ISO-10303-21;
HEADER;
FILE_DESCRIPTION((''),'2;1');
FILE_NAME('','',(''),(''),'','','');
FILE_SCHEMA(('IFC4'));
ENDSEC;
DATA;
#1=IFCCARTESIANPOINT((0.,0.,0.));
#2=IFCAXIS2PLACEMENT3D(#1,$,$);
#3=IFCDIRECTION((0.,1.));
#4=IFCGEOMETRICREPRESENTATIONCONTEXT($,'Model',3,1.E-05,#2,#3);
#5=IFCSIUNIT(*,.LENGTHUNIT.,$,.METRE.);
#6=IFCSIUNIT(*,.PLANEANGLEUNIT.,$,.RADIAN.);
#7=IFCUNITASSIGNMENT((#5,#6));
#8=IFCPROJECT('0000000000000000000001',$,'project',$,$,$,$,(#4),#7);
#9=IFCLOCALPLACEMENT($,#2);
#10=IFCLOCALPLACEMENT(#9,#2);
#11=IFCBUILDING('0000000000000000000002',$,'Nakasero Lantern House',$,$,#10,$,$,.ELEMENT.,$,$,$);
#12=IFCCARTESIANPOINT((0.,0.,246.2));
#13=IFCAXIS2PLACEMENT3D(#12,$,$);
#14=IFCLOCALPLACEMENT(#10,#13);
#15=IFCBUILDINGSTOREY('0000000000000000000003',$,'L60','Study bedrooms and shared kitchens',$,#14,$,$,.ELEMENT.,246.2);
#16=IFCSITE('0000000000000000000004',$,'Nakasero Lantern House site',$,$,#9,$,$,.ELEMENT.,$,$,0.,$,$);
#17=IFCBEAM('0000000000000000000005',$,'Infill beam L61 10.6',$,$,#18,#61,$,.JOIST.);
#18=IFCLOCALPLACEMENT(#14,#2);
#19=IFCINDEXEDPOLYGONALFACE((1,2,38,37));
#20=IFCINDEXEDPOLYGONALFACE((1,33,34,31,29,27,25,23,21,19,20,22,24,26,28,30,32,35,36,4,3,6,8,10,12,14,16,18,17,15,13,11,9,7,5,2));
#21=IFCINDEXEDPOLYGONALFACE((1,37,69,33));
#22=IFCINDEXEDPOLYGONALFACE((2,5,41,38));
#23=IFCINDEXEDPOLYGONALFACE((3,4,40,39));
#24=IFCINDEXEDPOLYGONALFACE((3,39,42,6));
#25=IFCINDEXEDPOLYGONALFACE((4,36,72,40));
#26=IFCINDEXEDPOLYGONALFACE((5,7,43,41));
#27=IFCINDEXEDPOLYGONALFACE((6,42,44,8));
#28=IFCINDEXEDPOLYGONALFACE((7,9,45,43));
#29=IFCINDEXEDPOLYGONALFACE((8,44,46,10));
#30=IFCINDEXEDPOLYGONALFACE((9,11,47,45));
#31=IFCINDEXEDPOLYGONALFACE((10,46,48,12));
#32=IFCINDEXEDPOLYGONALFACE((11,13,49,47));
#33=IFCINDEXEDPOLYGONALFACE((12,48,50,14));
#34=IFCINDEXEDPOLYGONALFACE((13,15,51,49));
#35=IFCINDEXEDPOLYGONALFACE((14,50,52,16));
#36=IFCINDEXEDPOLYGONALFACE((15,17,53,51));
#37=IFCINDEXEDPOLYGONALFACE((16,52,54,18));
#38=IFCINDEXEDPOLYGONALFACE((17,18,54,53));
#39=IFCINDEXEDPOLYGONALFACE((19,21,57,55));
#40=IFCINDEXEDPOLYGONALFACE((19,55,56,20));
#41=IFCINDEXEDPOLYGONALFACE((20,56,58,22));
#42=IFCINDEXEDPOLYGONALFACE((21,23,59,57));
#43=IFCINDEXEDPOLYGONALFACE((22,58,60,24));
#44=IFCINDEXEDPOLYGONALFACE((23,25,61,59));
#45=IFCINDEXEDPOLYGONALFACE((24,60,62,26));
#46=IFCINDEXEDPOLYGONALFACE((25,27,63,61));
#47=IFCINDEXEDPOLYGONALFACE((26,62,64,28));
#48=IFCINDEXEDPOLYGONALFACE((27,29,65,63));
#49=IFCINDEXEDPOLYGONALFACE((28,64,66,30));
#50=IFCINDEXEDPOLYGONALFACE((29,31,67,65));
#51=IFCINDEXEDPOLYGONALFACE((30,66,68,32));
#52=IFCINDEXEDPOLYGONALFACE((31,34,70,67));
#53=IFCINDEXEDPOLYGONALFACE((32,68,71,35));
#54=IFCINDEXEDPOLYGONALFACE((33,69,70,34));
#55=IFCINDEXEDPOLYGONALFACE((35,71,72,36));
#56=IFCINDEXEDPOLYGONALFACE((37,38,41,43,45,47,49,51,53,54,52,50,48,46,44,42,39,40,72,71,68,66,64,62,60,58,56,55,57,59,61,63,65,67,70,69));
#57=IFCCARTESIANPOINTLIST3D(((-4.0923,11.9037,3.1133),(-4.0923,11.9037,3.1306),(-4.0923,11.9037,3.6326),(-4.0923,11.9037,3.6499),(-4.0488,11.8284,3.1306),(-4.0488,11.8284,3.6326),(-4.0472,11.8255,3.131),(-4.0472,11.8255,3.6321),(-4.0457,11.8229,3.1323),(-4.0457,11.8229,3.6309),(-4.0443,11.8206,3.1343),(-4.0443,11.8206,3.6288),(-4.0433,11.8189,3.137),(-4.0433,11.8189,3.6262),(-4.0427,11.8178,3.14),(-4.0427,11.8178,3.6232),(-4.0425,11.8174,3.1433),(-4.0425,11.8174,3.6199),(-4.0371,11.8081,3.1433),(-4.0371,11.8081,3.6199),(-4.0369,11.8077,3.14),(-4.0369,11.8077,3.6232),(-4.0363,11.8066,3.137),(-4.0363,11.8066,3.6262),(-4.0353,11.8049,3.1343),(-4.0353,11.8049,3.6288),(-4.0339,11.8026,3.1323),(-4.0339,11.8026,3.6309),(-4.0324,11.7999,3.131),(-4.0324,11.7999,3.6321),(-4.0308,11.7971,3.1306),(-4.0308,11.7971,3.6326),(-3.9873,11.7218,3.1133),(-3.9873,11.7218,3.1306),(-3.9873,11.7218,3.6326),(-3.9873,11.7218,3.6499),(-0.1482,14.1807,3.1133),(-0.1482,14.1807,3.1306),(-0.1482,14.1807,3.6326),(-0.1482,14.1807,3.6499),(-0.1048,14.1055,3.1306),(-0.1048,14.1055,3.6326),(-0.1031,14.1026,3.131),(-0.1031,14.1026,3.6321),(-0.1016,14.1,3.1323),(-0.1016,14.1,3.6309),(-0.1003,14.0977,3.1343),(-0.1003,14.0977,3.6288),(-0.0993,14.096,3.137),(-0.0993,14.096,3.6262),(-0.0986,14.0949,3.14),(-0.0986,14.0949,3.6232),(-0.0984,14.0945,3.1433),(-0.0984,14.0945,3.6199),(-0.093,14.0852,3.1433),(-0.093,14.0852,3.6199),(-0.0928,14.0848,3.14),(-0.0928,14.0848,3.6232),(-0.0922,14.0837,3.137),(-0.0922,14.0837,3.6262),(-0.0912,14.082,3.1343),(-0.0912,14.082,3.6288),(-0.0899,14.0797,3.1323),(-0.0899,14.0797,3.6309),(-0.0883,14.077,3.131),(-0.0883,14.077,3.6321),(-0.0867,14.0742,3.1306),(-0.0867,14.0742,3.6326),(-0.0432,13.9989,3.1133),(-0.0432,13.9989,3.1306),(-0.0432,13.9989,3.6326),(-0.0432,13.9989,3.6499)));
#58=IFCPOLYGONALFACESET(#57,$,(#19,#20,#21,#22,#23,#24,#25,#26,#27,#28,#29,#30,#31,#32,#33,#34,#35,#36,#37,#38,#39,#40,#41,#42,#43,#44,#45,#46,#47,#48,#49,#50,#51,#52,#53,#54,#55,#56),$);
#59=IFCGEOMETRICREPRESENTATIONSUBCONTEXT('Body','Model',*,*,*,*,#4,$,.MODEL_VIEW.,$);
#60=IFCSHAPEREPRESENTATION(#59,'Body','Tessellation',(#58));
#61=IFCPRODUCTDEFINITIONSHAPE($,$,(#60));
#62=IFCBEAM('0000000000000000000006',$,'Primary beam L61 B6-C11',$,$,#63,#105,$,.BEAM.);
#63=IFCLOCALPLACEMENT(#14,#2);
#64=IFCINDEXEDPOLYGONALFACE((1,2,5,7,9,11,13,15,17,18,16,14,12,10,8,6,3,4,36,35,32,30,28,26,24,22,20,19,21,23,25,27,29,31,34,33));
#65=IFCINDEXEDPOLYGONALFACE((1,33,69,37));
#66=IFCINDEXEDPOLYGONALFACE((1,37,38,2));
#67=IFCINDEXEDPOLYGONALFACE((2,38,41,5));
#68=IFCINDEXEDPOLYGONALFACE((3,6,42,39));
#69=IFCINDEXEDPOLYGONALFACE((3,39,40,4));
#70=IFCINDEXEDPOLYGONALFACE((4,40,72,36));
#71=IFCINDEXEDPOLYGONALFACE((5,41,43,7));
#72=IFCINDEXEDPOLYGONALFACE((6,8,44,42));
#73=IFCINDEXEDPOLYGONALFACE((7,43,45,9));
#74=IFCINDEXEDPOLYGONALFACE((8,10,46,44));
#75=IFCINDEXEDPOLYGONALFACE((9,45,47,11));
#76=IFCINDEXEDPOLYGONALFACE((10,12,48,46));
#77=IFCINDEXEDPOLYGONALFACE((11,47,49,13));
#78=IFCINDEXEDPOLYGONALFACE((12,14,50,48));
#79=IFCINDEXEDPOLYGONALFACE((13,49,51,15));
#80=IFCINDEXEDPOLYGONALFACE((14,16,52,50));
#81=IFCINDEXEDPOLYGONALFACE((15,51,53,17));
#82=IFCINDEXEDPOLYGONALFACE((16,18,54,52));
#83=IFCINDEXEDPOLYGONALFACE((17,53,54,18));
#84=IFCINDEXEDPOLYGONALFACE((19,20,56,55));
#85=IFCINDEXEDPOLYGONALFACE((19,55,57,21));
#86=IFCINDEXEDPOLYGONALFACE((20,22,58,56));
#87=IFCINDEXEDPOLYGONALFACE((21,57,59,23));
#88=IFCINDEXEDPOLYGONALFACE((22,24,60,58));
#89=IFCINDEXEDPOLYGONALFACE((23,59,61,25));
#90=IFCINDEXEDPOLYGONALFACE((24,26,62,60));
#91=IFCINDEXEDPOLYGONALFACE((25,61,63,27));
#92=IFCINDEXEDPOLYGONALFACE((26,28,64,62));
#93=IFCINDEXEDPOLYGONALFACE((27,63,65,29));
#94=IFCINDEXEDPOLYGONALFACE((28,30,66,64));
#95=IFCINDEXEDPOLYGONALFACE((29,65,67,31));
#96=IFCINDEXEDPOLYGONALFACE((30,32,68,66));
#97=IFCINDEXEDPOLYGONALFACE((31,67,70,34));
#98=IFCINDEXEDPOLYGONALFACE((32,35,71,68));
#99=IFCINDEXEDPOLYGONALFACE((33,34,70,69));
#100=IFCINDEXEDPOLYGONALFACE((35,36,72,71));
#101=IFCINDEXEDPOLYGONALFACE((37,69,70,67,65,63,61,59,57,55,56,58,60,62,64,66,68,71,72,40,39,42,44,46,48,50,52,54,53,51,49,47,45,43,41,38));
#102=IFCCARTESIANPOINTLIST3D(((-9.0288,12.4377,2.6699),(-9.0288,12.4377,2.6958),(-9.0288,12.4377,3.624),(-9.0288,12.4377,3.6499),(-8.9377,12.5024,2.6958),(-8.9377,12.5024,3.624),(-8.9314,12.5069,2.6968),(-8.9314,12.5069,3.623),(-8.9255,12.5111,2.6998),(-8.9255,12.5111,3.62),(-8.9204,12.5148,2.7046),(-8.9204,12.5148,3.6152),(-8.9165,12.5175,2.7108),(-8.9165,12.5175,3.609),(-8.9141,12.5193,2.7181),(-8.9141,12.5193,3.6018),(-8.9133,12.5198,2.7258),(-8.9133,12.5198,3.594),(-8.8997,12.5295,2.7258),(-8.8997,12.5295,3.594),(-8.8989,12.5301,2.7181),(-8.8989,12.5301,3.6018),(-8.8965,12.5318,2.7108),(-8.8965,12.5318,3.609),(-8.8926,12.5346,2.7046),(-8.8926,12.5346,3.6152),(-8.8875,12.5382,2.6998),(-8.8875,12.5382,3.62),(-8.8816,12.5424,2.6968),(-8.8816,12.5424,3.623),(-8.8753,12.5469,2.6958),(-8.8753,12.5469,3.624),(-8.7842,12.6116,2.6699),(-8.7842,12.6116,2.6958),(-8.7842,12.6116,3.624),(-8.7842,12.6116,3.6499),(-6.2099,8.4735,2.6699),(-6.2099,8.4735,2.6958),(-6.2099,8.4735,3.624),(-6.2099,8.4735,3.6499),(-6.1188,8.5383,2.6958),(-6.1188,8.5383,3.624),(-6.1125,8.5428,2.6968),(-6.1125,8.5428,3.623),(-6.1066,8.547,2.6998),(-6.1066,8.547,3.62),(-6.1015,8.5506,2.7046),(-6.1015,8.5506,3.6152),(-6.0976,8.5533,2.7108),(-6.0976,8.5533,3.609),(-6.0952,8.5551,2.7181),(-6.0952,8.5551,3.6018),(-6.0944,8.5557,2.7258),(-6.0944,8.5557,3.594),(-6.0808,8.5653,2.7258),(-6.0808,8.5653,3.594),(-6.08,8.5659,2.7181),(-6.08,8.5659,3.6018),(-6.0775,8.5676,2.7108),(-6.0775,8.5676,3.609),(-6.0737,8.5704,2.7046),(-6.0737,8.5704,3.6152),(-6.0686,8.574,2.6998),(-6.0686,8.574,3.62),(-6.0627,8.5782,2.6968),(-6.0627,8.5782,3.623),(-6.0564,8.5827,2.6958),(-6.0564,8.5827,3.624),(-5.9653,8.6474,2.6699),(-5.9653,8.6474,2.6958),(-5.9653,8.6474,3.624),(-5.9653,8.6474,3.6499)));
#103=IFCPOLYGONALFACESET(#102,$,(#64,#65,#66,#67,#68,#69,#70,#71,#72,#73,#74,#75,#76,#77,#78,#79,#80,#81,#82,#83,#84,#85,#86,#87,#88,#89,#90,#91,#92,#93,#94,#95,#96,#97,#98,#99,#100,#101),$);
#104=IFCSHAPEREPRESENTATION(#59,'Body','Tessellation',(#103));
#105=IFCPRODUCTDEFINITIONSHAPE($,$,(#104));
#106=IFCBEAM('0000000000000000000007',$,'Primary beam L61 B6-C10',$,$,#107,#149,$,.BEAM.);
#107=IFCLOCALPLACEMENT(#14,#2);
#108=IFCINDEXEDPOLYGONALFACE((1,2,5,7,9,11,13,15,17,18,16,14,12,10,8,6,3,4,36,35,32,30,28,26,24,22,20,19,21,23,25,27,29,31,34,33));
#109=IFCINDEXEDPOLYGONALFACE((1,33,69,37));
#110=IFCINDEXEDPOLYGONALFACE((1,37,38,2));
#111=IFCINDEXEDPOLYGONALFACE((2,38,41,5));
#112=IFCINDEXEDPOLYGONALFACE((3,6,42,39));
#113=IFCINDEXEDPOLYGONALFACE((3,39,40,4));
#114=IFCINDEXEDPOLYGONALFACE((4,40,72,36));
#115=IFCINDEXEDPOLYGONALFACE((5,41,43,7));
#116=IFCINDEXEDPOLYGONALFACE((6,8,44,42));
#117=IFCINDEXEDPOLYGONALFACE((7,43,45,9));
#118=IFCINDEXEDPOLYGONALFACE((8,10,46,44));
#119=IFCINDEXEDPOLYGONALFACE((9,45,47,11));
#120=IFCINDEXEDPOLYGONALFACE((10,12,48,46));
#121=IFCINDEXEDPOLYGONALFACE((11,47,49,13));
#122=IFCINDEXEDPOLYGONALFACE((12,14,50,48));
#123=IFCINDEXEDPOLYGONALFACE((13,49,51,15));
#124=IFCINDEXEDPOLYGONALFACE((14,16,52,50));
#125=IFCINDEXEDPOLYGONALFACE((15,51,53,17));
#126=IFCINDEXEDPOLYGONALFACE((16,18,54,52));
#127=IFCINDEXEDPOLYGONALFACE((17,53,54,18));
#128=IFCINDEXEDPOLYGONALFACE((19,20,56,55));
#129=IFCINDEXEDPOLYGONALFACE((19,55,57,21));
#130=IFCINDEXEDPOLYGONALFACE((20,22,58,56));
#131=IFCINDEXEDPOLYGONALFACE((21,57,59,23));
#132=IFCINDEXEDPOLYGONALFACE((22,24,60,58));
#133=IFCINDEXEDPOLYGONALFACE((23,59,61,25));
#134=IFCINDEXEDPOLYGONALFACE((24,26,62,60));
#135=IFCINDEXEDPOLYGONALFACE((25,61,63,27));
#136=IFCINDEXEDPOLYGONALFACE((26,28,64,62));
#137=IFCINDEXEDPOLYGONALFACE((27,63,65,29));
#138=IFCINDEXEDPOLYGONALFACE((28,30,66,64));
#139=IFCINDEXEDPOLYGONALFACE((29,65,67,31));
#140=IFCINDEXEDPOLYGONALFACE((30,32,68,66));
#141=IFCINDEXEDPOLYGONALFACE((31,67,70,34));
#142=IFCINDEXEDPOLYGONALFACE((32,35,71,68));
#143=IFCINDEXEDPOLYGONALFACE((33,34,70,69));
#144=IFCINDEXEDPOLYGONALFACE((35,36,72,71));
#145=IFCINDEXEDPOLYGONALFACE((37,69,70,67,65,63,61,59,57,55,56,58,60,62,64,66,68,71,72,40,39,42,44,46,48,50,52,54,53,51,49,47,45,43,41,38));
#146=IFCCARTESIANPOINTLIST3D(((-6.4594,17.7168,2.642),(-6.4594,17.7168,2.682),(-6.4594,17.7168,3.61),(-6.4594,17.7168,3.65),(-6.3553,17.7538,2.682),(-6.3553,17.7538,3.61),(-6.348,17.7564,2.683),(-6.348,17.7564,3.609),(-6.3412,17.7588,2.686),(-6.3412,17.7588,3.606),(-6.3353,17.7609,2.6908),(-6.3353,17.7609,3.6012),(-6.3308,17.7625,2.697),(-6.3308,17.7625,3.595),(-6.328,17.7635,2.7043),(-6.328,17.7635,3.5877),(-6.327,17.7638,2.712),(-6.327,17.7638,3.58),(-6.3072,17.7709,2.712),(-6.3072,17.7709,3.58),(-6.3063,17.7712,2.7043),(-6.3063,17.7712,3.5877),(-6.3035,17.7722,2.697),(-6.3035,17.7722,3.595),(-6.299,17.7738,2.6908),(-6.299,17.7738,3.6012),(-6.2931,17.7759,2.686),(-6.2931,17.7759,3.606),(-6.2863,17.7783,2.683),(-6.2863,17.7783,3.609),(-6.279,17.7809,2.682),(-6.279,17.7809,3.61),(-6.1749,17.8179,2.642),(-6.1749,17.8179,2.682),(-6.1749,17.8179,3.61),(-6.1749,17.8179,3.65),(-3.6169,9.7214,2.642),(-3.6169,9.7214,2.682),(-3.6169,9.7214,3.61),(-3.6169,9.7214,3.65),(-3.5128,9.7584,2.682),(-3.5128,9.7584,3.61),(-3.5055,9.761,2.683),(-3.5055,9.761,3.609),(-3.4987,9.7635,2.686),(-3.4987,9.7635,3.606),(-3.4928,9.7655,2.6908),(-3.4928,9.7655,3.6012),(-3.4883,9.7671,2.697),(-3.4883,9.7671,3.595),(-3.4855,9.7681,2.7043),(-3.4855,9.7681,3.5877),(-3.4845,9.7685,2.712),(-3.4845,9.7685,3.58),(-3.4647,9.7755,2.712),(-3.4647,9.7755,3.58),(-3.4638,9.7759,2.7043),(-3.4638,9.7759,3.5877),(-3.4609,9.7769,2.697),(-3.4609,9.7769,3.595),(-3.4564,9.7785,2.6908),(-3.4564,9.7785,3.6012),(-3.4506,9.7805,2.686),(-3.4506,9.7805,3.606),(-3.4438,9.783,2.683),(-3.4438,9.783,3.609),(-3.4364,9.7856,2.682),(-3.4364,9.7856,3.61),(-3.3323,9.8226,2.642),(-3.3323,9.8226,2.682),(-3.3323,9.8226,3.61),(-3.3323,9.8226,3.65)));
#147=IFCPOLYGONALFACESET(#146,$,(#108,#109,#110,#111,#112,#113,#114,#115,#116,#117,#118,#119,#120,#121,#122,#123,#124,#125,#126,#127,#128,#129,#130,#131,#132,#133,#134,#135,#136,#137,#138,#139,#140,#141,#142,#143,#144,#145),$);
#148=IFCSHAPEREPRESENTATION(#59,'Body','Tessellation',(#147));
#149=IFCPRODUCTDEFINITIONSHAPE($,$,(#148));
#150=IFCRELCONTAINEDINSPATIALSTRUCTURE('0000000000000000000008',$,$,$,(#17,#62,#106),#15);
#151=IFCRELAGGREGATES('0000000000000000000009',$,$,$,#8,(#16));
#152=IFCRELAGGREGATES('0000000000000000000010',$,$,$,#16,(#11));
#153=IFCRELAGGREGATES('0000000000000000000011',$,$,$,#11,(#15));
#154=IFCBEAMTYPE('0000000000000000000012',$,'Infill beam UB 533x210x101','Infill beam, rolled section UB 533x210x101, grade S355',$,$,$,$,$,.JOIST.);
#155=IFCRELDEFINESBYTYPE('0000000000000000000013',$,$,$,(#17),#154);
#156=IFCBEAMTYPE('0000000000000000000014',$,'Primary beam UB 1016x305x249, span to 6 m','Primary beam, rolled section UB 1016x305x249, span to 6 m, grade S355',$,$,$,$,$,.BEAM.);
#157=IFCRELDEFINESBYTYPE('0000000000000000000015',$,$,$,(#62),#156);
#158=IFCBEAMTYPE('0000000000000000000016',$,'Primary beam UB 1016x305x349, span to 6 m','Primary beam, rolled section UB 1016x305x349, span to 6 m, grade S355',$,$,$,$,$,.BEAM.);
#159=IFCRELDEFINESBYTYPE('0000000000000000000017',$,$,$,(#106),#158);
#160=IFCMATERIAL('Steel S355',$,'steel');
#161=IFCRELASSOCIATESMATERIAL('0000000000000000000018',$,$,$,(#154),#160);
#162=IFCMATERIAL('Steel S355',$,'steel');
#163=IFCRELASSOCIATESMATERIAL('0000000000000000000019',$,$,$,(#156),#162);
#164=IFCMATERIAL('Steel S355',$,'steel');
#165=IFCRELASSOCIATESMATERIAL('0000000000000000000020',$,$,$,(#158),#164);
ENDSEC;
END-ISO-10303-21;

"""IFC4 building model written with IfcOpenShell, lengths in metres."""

from ifc_helpers import new_model, si_unit, direction, frame, origin, origin_2d, place, context, subcontext, project, spatial, i_section, extrude, material, material_profile, profile_set, type_object, element, save


model = new_model("IFC4")

# Units and contexts
model_context = context("Model", 3, precision=1e-05, world=origin(), true_north=direction((0.0, 1.0)))
body_context = subcontext(model_context, "Body", "Model", "MODEL_VIEW")
ifc_project = project(units=[si_unit("LENGTHUNIT", "METRE"), si_unit("PLANEANGLEUNIT", "RADIAN")], contexts=[model_context])

# Site, building, storey
site_placement = place(None, origin())
site = spatial("IfcSite", under=ifc_project, at=site_placement, Name="Nakasero Lantern House site", CompositionType="ELEMENT", RefElevation=0.0)
building_placement = place(site_placement, origin())
building = spatial("IfcBuilding", under=site, at=building_placement, Name="Nakasero Lantern House", CompositionType="ELEMENT")
storey_placement = place(building_placement, frame((0.0, 0.0, 246.2)))
storey = spatial("IfcBuildingStorey", under=building, at=storey_placement, Name="L60", Description="Study bedrooms and shared kitchens", CompositionType="ELEMENT", Elevation=246.2)

# Beams
ifc_material_1 = material(Name="Steel S355", Category="steel")
ifc_material_profile_1 = material_profile(ifc_material_1, i_section(OverallWidth=0.21, OverallDepth=0.5366, WebThickness=0.0107, FlangeThickness=0.0173, FilletRadius=0.0127, at=origin_2d()), Name="UB 533x210x101")
ifc_profile_set_1 = profile_set([ifc_material_profile_1], Name="Steel S355")
beam_type_1 = type_object("IfcBeamType", Name="Infill beam UB 533x210x101", Description="Infill beam, rolled section UB 533x210x101, grade S355", PredefinedType="JOIST", material=ifc_profile_set_1)
beam_1_placement = place(storey_placement, frame((-4.0398, 11.8127, 3.3816), z_axis=(0.866028, 0.499996, 0.0), x_axis=(-0.499996, 0.866028, 0.0)))
element("IfcBeam", 1, at=beam_1_placement, inside=storey, type_object=beam_type_1, Name="Infill beam L61 10.6", PredefinedType="JOIST", context=body_context, shape_type="SweptSolid", body=[
    extrude(i_section(OverallWidth=0.21, OverallDepth=0.5366, WebThickness=0.0107, FlangeThickness=0.0173, FilletRadius=0.0127, at=origin_2d()), origin(), (0.0, 0.0, 1.0), 4.5542),
])
ifc_material_2 = material(Name="Steel S355", Category="steel")
ifc_material_profile_2 = material_profile(ifc_material_2, i_section(OverallWidth=0.3, OverallDepth=0.98, WebThickness=0.0166, FlangeThickness=0.0259, FilletRadius=0.03, at=origin_2d()), Name="UB 1016x305x249")
ifc_profile_set_2 = profile_set([ifc_material_profile_2], Name="Steel S355")
beam_type_2 = type_object("IfcBeamType", Name="Primary beam UB 1016x305x249, span to 6 m", Description="Primary beam, rolled section UB 1016x305x249, span to 6 m, grade S355", PredefinedType="BEAM", material=ifc_profile_set_2)
beam_2_placement = place(storey_placement, frame((-8.9065, 12.5247, 3.1599), z_axis=(0.579513, -0.814963, 0.0), x_axis=(0.814963, 0.579513, 0.0)))
element("IfcBeam", 2, at=beam_2_placement, inside=storey, type_object=beam_type_2, Name="Primary beam L61 B6-C11", PredefinedType="BEAM", context=body_context, shape_type="SweptSolid", body=[
    extrude(i_section(OverallWidth=0.3, OverallDepth=0.98, WebThickness=0.0166, FlangeThickness=0.0259, FilletRadius=0.03, at=origin_2d()), origin(), (0.0, 0.0, 1.0), 4.8643),
])
ifc_material_3 = material(Name="Steel S355", Category="steel")
ifc_material_profile_3 = material_profile(ifc_material_3, i_section(OverallWidth=0.302, OverallDepth=1.0081, WebThickness=0.021, FlangeThickness=0.04, FilletRadius=0.03, at=origin_2d()), Name="UB 1016x305x349")
ifc_profile_set_3 = profile_set([ifc_material_profile_3], Name="Steel S355")
beam_type_3 = type_object("IfcBeamType", Name="Primary beam UB 1016x305x349, span to 6 m", Description="Primary beam, rolled section UB 1016x305x349, span to 6 m, grade S355", PredefinedType="BEAM", material=ifc_profile_set_3)
beam_3_placement = place(storey_placement, frame((-6.3171, 17.7673, 3.146), z_axis=(0.334982, -0.942225, 0.0), x_axis=(0.942225, 0.334982, 0.0)))
element("IfcBeam", 3, at=beam_3_placement, inside=storey, type_object=beam_type_3, Name="Primary beam L61 B6-C10", PredefinedType="BEAM", context=body_context, shape_type="SweptSolid", body=[
    extrude(i_section(OverallWidth=0.302, OverallDepth=1.0081, WebThickness=0.021, FlangeThickness=0.04, FilletRadius=0.03, at=origin_2d()), origin(), (0.0, 0.0, 1.0), 8.4856),
])

save(model, "model.ifc")
